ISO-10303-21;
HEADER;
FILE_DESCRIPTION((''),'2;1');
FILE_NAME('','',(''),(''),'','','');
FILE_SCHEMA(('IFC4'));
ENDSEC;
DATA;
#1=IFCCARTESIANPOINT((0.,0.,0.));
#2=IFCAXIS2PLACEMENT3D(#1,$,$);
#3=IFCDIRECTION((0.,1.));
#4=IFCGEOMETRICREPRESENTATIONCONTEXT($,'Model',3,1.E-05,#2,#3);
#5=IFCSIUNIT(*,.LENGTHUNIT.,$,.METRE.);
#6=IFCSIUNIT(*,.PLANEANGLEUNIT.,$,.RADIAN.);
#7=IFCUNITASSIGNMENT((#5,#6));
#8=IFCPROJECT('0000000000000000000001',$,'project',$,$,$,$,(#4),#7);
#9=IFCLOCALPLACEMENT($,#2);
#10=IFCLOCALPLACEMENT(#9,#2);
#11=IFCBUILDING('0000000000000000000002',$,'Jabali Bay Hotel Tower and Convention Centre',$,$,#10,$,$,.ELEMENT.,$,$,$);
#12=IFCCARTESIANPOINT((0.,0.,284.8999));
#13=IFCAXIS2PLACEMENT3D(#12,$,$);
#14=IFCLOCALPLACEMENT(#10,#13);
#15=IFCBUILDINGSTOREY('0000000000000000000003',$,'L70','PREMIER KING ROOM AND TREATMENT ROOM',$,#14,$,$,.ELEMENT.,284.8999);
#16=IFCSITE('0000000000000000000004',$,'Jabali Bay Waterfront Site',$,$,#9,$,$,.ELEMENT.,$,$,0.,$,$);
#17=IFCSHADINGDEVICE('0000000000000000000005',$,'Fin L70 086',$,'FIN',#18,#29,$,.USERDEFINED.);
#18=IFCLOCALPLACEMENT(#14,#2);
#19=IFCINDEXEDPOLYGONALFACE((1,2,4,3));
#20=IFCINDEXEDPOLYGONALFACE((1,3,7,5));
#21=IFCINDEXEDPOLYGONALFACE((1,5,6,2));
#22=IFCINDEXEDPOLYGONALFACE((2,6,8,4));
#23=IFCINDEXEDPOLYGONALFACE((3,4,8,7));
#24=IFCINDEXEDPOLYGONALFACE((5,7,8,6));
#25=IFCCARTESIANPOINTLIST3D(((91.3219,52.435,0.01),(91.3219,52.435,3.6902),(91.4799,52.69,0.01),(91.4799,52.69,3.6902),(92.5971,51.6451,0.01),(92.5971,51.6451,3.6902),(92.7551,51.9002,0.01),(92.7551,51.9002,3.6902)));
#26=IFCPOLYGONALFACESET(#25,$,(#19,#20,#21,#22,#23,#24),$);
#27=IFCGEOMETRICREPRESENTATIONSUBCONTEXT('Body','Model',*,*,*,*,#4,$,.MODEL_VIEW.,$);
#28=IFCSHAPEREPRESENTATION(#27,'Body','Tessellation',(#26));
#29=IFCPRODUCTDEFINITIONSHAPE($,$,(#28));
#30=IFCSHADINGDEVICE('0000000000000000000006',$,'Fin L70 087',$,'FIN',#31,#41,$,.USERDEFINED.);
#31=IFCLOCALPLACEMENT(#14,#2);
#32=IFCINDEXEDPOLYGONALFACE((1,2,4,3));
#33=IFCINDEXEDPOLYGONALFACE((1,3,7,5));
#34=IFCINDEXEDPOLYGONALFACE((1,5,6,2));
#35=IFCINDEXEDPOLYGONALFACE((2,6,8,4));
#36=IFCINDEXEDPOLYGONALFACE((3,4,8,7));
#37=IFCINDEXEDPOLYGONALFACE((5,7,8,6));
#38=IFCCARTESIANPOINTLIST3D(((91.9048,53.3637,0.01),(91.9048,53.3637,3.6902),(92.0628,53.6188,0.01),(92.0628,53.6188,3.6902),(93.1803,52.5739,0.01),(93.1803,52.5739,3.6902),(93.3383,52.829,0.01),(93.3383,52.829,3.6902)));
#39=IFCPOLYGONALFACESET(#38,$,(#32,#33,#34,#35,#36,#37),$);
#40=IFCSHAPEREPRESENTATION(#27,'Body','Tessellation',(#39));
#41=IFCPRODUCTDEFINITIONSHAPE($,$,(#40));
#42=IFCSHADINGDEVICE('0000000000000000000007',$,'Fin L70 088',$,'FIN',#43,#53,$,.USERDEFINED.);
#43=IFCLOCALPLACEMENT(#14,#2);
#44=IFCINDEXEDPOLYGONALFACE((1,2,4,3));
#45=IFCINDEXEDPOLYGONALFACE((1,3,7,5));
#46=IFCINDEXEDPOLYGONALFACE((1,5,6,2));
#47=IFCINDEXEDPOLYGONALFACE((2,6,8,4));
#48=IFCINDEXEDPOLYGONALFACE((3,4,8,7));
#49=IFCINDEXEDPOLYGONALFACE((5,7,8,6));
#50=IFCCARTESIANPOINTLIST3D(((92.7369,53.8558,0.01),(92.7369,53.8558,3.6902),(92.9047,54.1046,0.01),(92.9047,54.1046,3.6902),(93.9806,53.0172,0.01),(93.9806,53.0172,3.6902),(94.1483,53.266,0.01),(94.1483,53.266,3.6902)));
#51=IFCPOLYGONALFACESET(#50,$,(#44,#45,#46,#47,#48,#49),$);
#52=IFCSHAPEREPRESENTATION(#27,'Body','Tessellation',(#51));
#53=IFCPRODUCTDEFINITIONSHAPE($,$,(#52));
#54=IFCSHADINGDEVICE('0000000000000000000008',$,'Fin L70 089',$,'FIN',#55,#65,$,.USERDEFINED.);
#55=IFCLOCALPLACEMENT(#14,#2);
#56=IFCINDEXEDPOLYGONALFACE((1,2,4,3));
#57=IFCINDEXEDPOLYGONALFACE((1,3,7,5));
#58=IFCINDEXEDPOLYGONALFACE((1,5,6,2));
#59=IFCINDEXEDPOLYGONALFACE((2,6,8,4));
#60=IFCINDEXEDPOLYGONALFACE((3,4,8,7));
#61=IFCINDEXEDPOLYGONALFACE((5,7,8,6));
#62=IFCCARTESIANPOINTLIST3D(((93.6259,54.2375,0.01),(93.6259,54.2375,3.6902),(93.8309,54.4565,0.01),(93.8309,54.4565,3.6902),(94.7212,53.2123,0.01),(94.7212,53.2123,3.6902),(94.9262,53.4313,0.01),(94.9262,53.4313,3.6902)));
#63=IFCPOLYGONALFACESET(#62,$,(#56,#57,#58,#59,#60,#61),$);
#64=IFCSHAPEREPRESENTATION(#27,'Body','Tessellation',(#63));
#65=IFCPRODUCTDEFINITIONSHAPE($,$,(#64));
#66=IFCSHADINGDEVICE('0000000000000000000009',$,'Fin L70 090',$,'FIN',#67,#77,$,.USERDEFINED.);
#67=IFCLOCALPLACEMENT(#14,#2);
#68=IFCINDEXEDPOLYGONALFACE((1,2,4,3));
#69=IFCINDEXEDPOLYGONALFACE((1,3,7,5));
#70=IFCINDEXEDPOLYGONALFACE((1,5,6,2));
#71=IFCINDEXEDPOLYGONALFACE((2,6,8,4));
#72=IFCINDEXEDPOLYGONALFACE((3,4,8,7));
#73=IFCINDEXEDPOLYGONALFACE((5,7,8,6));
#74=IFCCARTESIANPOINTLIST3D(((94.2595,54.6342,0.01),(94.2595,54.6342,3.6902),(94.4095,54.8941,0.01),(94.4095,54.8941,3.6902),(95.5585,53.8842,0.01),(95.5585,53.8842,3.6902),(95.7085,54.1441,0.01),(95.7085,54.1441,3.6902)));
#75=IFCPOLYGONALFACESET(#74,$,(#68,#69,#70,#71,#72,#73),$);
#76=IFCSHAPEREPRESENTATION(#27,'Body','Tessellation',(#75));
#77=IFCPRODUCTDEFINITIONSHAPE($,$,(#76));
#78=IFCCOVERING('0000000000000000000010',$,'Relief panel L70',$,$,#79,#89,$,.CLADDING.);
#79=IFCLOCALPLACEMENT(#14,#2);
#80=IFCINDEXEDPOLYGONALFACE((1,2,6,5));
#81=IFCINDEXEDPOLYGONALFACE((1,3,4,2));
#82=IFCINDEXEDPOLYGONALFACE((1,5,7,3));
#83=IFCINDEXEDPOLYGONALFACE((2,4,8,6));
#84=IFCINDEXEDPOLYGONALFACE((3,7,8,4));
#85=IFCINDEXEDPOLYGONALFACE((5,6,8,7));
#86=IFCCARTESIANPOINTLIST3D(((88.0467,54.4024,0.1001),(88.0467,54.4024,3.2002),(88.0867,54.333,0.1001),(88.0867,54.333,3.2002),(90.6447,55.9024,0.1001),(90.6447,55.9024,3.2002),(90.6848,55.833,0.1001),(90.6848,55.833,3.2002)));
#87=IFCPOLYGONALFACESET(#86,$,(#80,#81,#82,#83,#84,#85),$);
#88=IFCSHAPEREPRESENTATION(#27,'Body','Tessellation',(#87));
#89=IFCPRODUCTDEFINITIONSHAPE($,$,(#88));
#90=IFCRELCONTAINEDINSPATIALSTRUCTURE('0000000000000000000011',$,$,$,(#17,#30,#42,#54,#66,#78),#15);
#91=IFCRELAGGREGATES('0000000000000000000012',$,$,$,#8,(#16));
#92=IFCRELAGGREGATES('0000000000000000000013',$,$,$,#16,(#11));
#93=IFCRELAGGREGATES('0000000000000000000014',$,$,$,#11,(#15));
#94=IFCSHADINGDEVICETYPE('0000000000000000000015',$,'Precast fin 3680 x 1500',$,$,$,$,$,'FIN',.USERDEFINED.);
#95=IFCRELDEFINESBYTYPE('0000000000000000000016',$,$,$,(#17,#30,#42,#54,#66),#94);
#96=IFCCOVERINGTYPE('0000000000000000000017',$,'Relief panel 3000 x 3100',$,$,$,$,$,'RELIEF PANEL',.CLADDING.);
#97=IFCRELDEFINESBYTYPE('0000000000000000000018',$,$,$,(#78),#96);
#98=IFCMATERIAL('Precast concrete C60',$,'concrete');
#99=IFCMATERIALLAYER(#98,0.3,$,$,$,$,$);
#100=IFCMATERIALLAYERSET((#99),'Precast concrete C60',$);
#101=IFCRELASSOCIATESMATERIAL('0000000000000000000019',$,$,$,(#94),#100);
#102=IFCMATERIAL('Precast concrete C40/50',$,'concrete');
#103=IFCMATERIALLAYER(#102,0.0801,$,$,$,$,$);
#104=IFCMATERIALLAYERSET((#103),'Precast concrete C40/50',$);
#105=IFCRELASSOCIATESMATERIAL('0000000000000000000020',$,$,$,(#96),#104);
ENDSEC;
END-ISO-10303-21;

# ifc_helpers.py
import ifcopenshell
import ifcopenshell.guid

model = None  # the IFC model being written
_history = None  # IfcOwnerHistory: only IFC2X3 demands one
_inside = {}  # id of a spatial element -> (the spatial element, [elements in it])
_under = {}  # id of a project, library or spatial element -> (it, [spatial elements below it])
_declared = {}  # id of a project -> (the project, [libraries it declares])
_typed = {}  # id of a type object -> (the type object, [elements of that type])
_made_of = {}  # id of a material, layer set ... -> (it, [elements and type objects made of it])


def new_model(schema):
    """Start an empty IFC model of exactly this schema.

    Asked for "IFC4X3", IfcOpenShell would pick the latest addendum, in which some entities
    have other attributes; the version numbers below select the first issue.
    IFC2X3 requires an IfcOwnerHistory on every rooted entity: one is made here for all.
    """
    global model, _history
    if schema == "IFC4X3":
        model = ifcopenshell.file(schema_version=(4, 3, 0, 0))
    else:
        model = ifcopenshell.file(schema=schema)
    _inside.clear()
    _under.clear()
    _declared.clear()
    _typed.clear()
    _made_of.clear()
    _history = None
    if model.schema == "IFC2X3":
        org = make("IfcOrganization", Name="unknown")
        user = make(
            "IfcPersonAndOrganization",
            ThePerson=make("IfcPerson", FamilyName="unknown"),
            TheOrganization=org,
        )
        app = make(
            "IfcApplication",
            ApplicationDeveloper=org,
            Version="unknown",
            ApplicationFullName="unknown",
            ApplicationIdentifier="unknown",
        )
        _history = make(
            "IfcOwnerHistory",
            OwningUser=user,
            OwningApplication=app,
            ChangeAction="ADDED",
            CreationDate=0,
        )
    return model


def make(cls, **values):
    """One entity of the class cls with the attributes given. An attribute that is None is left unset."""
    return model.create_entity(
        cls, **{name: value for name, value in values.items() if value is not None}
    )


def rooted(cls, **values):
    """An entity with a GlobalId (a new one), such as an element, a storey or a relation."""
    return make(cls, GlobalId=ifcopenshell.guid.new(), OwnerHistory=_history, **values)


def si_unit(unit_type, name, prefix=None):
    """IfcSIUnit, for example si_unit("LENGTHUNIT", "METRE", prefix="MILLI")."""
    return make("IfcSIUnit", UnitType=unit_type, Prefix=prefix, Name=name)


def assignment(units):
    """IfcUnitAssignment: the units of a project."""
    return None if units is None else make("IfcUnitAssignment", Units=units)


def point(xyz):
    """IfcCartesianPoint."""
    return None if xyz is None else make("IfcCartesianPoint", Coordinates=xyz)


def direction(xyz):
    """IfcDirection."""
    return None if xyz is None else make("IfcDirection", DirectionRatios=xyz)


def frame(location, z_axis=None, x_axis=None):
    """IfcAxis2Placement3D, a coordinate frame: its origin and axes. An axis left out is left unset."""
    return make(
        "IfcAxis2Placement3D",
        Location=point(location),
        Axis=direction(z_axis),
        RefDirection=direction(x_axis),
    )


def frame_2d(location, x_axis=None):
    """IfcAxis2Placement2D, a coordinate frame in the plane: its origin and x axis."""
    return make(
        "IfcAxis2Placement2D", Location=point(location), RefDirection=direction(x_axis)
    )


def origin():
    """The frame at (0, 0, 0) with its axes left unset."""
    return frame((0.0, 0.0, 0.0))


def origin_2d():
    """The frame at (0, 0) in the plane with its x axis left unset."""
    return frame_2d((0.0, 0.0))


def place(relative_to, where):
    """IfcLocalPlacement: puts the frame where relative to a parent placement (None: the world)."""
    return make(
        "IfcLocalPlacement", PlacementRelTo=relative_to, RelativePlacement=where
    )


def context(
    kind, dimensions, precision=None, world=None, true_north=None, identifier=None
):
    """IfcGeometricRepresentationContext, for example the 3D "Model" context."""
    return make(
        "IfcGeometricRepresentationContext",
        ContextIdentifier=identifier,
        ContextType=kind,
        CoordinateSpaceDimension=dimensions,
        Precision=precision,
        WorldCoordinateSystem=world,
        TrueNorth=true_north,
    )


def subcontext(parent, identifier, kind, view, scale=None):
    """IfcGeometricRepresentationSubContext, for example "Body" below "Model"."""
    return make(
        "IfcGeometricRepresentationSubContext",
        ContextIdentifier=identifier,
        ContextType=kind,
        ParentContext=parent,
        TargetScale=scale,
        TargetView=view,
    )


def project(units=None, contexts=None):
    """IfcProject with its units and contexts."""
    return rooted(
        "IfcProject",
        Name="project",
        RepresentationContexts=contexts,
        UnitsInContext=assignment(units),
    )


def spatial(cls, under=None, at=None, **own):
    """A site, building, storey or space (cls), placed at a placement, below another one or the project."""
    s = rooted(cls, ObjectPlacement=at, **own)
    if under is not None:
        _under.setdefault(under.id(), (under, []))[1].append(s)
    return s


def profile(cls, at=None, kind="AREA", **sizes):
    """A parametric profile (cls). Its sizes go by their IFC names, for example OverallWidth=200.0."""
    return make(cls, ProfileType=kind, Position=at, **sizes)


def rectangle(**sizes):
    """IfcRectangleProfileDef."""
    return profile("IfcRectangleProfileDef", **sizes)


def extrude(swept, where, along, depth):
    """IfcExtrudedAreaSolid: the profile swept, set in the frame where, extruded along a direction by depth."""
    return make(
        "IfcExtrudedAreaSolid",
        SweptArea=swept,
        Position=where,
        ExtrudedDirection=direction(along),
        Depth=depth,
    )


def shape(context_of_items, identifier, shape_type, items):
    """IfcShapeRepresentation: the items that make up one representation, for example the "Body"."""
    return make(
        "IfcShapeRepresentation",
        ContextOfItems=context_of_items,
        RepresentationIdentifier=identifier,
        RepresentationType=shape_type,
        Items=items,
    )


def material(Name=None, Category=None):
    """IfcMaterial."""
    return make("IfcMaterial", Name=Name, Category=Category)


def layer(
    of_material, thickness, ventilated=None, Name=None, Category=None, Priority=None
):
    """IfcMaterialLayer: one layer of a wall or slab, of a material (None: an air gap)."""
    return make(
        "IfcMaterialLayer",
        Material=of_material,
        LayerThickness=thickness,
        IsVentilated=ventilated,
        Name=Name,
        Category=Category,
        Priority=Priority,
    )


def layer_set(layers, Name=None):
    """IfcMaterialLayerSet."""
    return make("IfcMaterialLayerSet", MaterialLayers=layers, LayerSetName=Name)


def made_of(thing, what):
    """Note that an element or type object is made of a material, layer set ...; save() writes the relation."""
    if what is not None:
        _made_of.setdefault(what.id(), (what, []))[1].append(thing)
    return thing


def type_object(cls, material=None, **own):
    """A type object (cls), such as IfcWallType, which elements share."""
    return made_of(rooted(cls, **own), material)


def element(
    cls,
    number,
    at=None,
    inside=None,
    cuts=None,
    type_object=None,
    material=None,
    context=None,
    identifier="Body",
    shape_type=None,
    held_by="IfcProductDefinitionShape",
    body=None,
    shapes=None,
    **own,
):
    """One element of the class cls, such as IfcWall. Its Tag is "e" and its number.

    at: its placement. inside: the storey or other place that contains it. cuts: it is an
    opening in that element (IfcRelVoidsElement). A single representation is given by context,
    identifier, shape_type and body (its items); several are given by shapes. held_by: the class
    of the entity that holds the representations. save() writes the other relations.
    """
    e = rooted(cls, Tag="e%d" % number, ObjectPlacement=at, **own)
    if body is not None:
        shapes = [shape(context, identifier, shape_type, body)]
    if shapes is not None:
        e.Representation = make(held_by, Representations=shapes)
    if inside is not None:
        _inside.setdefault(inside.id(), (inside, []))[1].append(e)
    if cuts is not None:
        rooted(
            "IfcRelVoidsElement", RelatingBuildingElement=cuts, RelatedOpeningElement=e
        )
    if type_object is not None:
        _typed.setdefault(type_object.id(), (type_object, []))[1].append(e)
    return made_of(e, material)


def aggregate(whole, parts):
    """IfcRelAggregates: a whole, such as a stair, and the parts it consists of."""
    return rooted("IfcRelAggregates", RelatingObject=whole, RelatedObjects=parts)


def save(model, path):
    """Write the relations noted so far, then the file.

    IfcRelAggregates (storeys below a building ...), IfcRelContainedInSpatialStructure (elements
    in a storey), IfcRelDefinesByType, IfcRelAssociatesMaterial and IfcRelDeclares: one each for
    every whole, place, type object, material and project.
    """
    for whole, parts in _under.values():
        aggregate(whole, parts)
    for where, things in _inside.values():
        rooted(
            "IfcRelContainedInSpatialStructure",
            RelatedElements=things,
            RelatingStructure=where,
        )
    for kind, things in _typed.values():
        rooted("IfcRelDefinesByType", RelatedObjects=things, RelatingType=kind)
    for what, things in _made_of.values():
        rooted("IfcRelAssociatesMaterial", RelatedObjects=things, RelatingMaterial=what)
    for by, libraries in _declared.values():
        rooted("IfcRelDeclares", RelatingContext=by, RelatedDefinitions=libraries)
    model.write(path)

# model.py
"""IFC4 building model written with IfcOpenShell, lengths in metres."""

from ifc_helpers import new_model, si_unit, direction, frame, frame_2d, origin, origin_2d, place, context, subcontext, project, spatial, rectangle, extrude, material, layer, layer_set, type_object, element, save


model = new_model("IFC4")

# Units and contexts
model_context = context("Model", 3, precision=1e-05, world=origin(), true_north=direction((0.0, 1.0)))
body_context = subcontext(model_context, "Body", "Model", "MODEL_VIEW")
ifc_project = project(units=[si_unit("LENGTHUNIT", "METRE"), si_unit("PLANEANGLEUNIT", "RADIAN")], contexts=[model_context])

# Site, building, storey
site_placement = place(None, origin())
site = spatial("IfcSite", under=ifc_project, at=site_placement, Name="Jabali Bay Waterfront Site", CompositionType="ELEMENT", RefElevation=0.0)
building_placement = place(site_placement, origin())
building = spatial("IfcBuilding", under=site, at=building_placement, Name="Jabali Bay Hotel Tower and Convention Centre", CompositionType="ELEMENT")
storey_placement = place(building_placement, frame((0.0, 0.0, 284.8999)))
storey = spatial("IfcBuildingStorey", under=building, at=storey_placement, Name="L70", Description="PREMIER KING ROOM AND TREATMENT ROOM", CompositionType="ELEMENT", Elevation=284.8999)

# Shading devices
ifc_material_1 = material(Name="Precast concrete C60", Category="concrete")
ifc_layer_1 = layer(ifc_material_1, 0.3)
ifc_layer_set_1 = layer_set([ifc_layer_1], Name="Precast concrete C60")
shading_device_type = type_object("IfcShadingDeviceType", Name="Precast fin 3680 x 1500", ElementType="FIN", PredefinedType="USERDEFINED", material=ifc_layer_set_1)
shading_device_1_placement = place(storey_placement, frame((91.4009, 52.5625, 0.01), z_axis=(0.0, 0.0, 1.0), x_axis=(0.85014, -0.526556, 0.0)))
element("IfcShadingDevice", 1, at=shading_device_1_placement, inside=storey, type_object=shading_device_type, Name="Fin L70 086", ObjectType="FIN", PredefinedType="USERDEFINED", context=body_context, shape_type="SweptSolid", body=[
    extrude(rectangle(XDim=1.5, YDim=0.3, at=frame_2d((0.75, 0.0))), origin(), (0.0, 0.0, 1.0), 3.6802),
])
shading_device_2_placement = place(storey_placement, frame((91.9839, 53.4912, 0.01), z_axis=(0.0, 0.0, 1.0), x_axis=(0.850185, -0.526483, 0.0)))
element("IfcShadingDevice", 2, at=shading_device_2_placement, inside=storey, type_object=shading_device_type, Name="Fin L70 087", ObjectType="FIN", PredefinedType="USERDEFINED", context=body_context, shape_type="SweptSolid", body=[
    extrude(rectangle(XDim=1.5002, YDim=0.3, at=frame_2d((0.75, 0.0))), origin(), (0.0, 0.0, 1.0), 3.6802),
])
shading_device_3_placement = place(storey_placement, frame((92.8208, 53.9802, 0.01), z_axis=(0.0, 0.0, 1.0), x_axis=(0.829109, -0.559087, 0.0)))
element("IfcShadingDevice", 3, at=shading_device_3_placement, inside=storey, type_object=shading_device_type, Name="Fin L70 088", ObjectType="FIN", PredefinedType="USERDEFINED", context=body_context, shape_type="SweptSolid", body=[
    extrude(rectangle(XDim=1.5, YDim=0.3, at=frame_2d((0.75, 0.0))), origin(), (0.0, 0.0, 1.0), 3.6802),
])
shading_device_4_placement = place(storey_placement, frame((93.7285, 54.3469, 0.01), z_axis=(0.0, 0.0, 1.0), x_axis=(0.730075, -0.683367, 0.0)))
element("IfcShadingDevice", 4, at=shading_device_4_placement, inside=storey, type_object=shading_device_type, Name="Fin L70 089", ObjectType="FIN", PredefinedType="USERDEFINED", context=body_context, shape_type="SweptSolid", body=[
    extrude(rectangle(XDim=1.5002, YDim=0.3, at=frame_2d((0.75, 0.0))), origin(), (0.0, 0.0, 1.0), 3.6802),
])
shading_device_5_placement = place(storey_placement, frame((94.3345, 54.7642, 0.01), z_axis=(0.0, 0.0, 1.0), x_axis=(0.866031, -0.49999, 0.0)))
element("IfcShadingDevice", 5, at=shading_device_5_placement, inside=storey, type_object=shading_device_type, Name="Fin L70 090", ObjectType="FIN", PredefinedType="USERDEFINED", context=body_context, shape_type="SweptSolid", body=[
    extrude(rectangle(XDim=1.5, YDim=0.3, at=frame_2d((0.75, 0.0))), origin(), (0.0, 0.0, 1.0), 3.6802),
])

# Covering
ifc_material_2 = material(Name="Precast concrete C40/50", Category="concrete")
ifc_layer_2 = layer(ifc_material_2, 0.0801)
ifc_layer_set_2 = layer_set([ifc_layer_2], Name="Precast concrete C40/50")
covering_type = type_object("IfcCoveringType", Name="Relief panel 3000 x 3100", ElementType="RELIEF PANEL", PredefinedType="CLADDING", material=ifc_layer_set_2)
covering_placement = place(storey_placement, frame((89.3657, 55.1177, 0.1001), z_axis=(0.0, 0.0, 1.0), x_axis=(-0.866025, -0.5, 0.0)))
element("IfcCovering", 6, at=covering_placement, inside=storey, type_object=covering_type, Name="Relief panel L70", PredefinedType="CLADDING", context=body_context, shape_type="SweptSolid", body=[
    extrude(rectangle(XDim=3.0, YDim=0.0801, at=origin_2d()), origin(), (0.0, 0.0, 1.0), 3.1001),
])

save(model, "model.ifc")
